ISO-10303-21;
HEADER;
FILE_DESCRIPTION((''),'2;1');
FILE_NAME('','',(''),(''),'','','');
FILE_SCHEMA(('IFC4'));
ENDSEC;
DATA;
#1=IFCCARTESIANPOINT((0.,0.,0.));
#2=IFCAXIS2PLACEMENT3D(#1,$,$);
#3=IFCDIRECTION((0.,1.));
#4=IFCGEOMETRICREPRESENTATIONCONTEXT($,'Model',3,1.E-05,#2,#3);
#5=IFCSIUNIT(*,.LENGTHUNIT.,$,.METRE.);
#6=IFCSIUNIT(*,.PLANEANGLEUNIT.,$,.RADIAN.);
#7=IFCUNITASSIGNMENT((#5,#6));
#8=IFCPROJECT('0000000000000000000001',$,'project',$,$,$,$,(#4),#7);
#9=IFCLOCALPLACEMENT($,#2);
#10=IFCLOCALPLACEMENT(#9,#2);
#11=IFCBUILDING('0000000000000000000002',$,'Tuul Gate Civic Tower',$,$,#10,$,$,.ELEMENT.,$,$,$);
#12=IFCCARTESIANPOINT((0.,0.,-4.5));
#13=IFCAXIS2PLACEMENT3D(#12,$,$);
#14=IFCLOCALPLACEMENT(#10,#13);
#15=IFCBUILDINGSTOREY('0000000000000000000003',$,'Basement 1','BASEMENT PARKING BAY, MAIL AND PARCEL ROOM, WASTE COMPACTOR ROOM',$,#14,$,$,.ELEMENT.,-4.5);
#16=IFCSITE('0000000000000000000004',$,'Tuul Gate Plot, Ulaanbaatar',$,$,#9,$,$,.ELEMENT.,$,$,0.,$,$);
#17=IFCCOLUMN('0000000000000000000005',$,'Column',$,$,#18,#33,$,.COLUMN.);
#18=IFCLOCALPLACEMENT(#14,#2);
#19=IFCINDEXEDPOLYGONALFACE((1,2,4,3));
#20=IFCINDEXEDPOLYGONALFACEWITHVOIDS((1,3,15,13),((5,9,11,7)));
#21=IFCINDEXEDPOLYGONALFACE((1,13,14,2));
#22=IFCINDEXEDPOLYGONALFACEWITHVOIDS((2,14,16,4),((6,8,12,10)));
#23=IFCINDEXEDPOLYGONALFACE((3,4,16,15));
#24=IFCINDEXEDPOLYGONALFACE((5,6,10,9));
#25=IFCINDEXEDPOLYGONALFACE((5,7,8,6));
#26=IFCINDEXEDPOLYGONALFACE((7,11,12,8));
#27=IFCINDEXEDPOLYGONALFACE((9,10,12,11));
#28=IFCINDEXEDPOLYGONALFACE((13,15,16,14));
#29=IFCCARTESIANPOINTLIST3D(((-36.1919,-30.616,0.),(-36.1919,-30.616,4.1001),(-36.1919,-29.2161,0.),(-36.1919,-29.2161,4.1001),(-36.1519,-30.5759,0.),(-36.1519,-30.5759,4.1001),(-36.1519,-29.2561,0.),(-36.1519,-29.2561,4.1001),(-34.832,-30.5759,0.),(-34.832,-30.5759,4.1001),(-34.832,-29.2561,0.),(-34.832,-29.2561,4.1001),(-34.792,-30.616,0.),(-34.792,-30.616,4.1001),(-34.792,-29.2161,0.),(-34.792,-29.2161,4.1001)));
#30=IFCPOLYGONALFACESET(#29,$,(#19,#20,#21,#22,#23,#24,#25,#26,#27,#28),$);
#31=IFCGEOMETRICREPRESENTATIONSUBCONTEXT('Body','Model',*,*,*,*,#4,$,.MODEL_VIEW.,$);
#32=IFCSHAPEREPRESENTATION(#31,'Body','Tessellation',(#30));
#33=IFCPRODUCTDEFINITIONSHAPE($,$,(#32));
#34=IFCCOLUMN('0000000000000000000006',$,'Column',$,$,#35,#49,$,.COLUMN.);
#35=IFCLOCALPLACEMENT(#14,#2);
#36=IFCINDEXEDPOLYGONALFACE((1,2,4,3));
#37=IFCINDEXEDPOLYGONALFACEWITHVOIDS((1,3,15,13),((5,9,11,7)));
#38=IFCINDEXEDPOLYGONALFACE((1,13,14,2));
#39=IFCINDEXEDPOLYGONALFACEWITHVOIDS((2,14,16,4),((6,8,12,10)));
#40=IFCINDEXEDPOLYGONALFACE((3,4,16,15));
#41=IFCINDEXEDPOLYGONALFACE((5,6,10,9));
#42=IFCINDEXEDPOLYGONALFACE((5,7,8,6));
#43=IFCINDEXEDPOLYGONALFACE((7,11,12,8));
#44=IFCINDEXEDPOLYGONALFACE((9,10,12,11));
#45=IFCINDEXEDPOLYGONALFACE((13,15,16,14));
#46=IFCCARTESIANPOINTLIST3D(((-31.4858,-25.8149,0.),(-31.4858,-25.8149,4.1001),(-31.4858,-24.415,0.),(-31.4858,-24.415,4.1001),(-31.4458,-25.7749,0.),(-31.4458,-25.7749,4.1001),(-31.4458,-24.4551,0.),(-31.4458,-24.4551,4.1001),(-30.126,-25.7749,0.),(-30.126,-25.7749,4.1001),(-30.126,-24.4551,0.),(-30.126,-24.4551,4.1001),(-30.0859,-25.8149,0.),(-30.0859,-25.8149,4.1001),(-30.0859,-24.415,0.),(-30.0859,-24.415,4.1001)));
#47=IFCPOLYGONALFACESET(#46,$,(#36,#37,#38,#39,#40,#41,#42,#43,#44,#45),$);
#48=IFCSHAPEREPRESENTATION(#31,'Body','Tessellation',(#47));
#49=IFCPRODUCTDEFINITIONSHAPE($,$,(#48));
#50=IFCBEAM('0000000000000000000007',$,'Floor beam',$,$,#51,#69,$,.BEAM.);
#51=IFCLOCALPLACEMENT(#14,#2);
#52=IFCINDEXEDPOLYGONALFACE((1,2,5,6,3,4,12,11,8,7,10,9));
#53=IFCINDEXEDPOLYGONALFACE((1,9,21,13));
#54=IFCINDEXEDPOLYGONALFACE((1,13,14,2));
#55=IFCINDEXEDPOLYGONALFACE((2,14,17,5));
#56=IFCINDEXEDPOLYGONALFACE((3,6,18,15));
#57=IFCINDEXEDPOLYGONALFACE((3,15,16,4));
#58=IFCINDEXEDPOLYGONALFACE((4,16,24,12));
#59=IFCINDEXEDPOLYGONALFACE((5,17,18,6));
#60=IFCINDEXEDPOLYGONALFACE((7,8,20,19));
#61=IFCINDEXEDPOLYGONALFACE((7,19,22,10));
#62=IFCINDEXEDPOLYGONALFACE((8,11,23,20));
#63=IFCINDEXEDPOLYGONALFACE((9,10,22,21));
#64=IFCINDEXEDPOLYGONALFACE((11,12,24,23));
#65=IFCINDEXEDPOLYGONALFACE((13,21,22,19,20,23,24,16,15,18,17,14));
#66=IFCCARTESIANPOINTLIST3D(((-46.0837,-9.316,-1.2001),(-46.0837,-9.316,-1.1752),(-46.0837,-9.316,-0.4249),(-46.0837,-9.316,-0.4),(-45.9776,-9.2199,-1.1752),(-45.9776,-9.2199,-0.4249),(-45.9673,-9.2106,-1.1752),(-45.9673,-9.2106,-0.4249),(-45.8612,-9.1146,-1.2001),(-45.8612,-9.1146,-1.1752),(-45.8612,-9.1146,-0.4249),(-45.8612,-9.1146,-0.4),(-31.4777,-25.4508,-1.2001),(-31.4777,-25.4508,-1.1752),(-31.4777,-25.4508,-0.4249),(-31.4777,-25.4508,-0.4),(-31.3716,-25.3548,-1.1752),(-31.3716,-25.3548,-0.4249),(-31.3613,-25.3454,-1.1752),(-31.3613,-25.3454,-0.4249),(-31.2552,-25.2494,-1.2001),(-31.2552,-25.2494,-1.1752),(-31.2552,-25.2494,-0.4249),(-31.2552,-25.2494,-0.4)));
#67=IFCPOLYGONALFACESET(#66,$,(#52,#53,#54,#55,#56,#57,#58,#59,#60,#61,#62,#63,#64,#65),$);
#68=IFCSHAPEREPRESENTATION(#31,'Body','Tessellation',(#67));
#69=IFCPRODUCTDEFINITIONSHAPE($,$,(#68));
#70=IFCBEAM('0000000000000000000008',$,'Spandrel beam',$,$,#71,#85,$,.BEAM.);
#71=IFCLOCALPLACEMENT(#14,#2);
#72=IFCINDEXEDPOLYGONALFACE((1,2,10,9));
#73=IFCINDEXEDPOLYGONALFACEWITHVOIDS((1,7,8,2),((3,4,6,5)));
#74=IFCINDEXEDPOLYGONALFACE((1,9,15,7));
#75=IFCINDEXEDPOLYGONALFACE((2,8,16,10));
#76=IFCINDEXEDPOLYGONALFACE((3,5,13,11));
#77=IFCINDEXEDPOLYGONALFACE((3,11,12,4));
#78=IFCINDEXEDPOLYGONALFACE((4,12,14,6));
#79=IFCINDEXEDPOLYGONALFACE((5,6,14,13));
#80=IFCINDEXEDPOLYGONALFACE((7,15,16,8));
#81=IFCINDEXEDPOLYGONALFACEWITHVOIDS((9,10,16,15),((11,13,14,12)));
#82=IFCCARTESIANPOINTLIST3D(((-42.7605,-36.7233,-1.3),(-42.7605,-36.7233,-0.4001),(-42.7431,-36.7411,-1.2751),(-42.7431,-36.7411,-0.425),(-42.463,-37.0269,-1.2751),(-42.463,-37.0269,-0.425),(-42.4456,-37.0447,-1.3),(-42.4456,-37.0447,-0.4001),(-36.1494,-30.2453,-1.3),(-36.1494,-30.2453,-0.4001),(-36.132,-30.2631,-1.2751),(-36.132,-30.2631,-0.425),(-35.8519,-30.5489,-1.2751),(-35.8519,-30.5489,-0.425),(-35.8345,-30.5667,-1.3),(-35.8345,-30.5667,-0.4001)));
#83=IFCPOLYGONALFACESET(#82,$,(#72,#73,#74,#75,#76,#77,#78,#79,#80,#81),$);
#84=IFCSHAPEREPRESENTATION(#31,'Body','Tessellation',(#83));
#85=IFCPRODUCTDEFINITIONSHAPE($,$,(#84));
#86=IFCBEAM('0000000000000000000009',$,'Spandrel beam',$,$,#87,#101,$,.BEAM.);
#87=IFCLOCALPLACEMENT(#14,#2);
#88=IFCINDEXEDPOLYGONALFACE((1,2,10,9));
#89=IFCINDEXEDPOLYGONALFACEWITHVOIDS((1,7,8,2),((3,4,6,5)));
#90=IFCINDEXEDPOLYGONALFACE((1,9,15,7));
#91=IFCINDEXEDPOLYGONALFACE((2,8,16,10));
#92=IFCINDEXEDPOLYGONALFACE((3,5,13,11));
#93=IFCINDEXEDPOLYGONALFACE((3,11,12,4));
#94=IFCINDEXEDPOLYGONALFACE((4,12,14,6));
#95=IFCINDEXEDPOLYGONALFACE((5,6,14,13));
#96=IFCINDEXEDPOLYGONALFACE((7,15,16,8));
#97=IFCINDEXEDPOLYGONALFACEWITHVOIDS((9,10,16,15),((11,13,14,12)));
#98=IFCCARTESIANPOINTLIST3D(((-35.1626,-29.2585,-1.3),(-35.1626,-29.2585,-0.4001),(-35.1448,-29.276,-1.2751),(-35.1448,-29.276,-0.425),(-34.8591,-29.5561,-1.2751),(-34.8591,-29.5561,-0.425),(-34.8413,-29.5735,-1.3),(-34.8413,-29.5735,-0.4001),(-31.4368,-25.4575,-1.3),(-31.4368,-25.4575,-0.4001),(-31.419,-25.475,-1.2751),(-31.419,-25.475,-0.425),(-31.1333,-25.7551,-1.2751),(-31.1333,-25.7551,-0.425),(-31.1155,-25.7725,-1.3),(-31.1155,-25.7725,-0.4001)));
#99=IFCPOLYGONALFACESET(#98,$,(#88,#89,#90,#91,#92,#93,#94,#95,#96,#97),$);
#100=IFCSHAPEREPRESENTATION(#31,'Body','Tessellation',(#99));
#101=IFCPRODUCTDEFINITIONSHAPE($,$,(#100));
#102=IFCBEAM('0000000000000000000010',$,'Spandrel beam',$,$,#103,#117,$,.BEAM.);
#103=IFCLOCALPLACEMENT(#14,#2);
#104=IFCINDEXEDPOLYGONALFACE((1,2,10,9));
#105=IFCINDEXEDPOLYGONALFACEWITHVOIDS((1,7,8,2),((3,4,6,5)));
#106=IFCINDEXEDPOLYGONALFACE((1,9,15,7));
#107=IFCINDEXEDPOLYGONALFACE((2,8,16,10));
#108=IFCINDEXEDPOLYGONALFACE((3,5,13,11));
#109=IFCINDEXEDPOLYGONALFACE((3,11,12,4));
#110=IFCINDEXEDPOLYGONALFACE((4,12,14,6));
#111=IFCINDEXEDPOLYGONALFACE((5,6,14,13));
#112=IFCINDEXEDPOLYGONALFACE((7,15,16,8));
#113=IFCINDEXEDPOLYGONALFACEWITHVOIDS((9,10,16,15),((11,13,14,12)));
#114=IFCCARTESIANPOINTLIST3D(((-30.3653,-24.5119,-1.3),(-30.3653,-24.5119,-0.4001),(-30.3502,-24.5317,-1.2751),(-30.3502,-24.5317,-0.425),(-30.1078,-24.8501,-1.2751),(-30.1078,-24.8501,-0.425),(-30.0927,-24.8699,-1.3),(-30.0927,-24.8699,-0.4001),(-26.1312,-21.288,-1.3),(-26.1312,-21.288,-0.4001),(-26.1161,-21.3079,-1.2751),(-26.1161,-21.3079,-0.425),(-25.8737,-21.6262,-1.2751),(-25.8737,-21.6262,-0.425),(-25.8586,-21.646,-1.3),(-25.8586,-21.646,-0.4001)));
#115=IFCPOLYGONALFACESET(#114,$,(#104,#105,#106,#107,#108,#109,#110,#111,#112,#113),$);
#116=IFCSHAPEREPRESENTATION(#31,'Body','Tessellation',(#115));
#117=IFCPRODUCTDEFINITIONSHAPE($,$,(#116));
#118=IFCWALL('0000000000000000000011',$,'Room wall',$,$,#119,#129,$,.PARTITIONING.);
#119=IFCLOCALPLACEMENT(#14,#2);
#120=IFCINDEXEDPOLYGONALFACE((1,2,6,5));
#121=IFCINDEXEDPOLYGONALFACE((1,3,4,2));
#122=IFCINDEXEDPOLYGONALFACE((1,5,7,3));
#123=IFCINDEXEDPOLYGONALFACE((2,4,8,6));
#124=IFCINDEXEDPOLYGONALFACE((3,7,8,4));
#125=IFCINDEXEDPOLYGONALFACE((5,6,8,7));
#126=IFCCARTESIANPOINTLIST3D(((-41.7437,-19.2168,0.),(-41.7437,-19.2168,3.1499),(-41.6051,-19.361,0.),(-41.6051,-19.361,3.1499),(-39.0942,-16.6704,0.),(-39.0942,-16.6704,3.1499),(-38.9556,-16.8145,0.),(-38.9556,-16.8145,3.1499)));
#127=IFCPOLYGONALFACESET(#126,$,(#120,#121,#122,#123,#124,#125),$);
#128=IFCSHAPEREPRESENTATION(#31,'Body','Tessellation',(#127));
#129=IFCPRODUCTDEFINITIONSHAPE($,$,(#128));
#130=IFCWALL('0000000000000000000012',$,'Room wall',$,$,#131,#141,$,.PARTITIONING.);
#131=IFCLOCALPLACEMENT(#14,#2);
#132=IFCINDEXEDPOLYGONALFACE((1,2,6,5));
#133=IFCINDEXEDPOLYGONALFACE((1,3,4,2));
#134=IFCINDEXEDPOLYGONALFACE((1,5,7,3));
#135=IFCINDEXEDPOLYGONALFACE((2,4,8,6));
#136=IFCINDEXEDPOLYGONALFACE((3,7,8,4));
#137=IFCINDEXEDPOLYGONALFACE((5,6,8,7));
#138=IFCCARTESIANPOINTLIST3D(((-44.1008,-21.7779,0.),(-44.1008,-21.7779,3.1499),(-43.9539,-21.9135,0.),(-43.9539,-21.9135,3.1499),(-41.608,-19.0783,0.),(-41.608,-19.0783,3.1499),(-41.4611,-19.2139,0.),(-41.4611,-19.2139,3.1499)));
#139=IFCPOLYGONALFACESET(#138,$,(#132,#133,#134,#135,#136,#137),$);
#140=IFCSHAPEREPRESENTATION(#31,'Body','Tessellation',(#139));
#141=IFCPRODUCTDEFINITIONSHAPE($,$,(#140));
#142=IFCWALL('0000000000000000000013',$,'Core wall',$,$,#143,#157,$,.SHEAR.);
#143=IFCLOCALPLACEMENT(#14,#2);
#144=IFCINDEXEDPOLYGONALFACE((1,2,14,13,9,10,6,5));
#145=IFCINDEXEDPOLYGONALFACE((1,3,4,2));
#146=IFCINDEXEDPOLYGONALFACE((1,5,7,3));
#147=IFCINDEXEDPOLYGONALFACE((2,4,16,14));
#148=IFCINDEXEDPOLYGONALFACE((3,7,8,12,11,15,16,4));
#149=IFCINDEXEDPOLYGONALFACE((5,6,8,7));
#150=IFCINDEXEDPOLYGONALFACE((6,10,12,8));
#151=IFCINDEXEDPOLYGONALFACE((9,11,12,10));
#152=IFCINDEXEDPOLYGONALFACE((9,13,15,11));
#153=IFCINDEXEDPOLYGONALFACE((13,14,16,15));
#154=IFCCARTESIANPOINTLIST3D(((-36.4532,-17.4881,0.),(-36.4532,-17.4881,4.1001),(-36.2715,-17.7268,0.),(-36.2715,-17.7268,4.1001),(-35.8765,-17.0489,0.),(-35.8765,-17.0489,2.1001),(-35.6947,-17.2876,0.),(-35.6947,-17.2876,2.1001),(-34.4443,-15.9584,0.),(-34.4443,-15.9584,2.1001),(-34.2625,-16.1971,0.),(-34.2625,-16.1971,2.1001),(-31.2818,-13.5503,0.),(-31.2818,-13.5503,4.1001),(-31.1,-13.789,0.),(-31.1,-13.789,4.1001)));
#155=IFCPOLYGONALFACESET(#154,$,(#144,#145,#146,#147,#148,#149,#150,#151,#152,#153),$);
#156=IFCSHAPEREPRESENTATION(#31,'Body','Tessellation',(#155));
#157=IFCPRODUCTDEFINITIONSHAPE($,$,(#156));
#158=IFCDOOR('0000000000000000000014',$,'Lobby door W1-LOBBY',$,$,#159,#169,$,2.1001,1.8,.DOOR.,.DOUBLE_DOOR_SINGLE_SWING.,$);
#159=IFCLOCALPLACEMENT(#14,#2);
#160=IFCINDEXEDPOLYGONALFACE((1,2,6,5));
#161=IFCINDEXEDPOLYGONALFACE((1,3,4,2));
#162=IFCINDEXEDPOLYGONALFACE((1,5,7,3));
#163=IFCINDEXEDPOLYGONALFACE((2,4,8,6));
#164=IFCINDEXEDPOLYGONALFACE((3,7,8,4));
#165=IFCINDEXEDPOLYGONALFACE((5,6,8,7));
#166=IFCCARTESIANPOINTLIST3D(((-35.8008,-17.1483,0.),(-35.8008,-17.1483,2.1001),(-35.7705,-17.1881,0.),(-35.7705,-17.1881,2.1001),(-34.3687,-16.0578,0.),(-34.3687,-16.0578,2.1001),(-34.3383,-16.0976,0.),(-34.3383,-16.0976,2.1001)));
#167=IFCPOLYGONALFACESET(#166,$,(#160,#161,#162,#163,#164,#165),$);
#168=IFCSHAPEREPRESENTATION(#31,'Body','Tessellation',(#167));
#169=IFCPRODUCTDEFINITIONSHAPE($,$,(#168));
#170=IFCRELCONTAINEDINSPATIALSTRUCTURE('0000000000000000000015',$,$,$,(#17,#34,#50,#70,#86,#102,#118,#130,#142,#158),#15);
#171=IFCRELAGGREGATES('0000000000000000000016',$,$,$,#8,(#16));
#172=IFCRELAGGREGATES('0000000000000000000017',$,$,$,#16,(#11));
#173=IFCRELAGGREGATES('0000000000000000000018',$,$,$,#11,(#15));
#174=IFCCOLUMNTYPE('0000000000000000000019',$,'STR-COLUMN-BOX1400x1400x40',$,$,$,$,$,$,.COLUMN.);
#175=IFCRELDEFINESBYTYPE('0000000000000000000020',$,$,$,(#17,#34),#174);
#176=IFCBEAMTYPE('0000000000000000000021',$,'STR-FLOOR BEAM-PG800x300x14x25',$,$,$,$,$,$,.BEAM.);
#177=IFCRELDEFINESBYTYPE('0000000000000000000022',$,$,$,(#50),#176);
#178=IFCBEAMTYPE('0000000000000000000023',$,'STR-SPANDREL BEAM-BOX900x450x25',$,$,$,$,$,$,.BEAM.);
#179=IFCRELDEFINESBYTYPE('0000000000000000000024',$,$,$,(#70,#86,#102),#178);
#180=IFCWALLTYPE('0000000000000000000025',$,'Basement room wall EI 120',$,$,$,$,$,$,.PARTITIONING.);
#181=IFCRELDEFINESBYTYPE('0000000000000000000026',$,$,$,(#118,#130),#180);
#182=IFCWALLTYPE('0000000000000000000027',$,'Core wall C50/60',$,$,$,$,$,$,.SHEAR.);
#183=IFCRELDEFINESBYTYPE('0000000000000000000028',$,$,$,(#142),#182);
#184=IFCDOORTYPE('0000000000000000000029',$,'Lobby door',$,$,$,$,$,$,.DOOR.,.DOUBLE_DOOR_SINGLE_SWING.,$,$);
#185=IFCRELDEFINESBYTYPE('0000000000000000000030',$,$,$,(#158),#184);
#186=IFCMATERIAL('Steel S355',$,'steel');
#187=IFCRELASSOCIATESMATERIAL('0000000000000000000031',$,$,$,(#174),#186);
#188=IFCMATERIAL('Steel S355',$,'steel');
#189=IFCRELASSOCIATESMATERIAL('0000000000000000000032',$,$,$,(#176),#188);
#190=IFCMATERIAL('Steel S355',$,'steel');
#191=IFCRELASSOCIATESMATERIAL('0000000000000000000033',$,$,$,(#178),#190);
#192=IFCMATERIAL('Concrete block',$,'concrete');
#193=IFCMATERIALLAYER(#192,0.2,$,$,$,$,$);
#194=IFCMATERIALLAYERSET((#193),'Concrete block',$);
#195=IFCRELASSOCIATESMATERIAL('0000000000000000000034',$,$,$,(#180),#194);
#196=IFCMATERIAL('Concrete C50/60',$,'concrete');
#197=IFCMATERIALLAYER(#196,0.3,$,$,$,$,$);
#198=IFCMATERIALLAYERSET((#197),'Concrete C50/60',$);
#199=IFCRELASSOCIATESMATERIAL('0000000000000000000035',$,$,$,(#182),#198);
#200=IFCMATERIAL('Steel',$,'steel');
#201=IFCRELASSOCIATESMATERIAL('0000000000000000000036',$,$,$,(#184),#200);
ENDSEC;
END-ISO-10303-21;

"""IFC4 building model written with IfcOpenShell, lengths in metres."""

from ifc_helpers import new_model, si_unit, direction, frame, frame_2d, origin, origin_2d, place, context, subcontext, project, spatial, rectangle, hollow_rectangle, i_section, extrude, material, layer, layer_set, material_profile, profile_set, type_object, element, fill, save


model = new_model("IFC4")

# Units and contexts
model_context = context("Model", 3, precision=1e-05, world=origin(), true_north=direction((0.0, 1.0)))
body_context = subcontext(model_context, "Body", "Model", "MODEL_VIEW")
ifc_project = project(units=[si_unit("LENGTHUNIT", "METRE"), si_unit("PLANEANGLEUNIT", "RADIAN")], contexts=[model_context])

# Site, building, storey
site_placement = place(None, origin())
site = spatial("IfcSite", under=ifc_project, at=site_placement, Name="Tuul Gate Plot, Ulaanbaatar", CompositionType="ELEMENT", RefElevation=0.0)
building_placement = place(site_placement, origin())
building = spatial("IfcBuilding", under=site, at=building_placement, Name="Tuul Gate Civic Tower", CompositionType="ELEMENT")
storey_placement = place(building_placement, frame((0.0, 0.0, -4.5)))
storey = spatial("IfcBuildingStorey", under=building, at=storey_placement, Name="Basement 1", Description="BASEMENT PARKING BAY, MAIL AND PARCEL ROOM, WASTE COMPACTOR ROOM", CompositionType="ELEMENT", Elevation=-4.5)

# Columns
ifc_material_1 = material(Name="Steel S355", Category="steel")
ifc_material_profile_1 = material_profile(ifc_material_1, hollow_rectangle(XDim=1.3999, YDim=1.3999, WallThickness=0.04, at=origin_2d()), Name="BOX1400x1400x40")
ifc_profile_set_1 = profile_set([ifc_material_profile_1], Name="Steel S355")
column_type = type_object("IfcColumnType", Name="STR-COLUMN-BOX1400x1400x40", PredefinedType="COLUMN", material=ifc_profile_set_1)
for number, where, z_axis, x_axis, name in (
    (1, (-35.4919, -29.916, 0.0), (0.0, 0.0, 1.0), (1.0, 0.0, 0.0), "Column"),
    (2, (-30.7859, -25.115, 0.0), (0.0, 0.0, 1.0), (1.0, 0.0, 0.0), "Column"),
):
    element("IfcColumn", number, at=place(storey_placement, frame(where, z_axis=z_axis, x_axis=x_axis)), inside=storey, type_object=column_type, Name=name, PredefinedType="COLUMN", context=body_context, shape_type="SweptSolid", body=[
        extrude(hollow_rectangle(XDim=1.3999, YDim=1.3999, WallThickness=0.04, at=origin_2d()), origin(), (0.0, 0.0, 1.0), 4.1001),
    ])

# Beams
ifc_material_2 = material(Name="Steel S355", Category="steel")
ifc_material_profile_2 = material_profile(ifc_material_2, i_section(OverallWidth=0.3, OverallDepth=0.8, WebThickness=0.0139, FlangeThickness=0.0249, at=origin_2d()), Name="PG800x300x14x25")
ifc_profile_set_2 = profile_set([ifc_material_profile_2], Name="Steel S355")
beam_type_1 = type_object("IfcBeamType", Name="STR-FLOOR BEAM-PG800x300x14x25", PredefinedType="BEAM", material=ifc_profile_set_2)
beam_1_placement = place(storey_placement, frame((-31.3665, -25.3501, -0.8), z_axis=(-0.671111, 0.741357, 0.0), x_axis=(-0.741357, -0.671111, 0.0)))
element("IfcBeam", 3, at=beam_1_placement, inside=storey, type_object=beam_type_1, Name="Floor beam", PredefinedType="BEAM", context=body_context, shape_type="SweptSolid", body=[
    extrude(i_section(OverallWidth=0.3, OverallDepth=0.8, WebThickness=0.0139, FlangeThickness=0.0249, at=origin_2d()), origin(), (0.0, 0.0, 1.0), 21.7639),
])
ifc_material_3 = material(Name="Steel S355", Category="steel")
ifc_material_profile_3 = material_profile(ifc_material_3, hollow_rectangle(XDim=0.45, YDim=0.8999, WallThickness=0.0249, at=origin_2d()), Name="BOX900x450x25")
ifc_profile_set_3 = profile_set([ifc_material_profile_3], Name="Steel S355")
beam_type_2 = type_object("IfcBeamType", Name="STR-SPANDREL BEAM-BOX900x450x25", PredefinedType="BEAM", material=ifc_profile_set_3)
beam_2_placement = place(storey_placement, frame((-42.603, -36.884, -0.8501), z_axis=(0.714258, 0.699883, 0.0), x_axis=(-0.699883, 0.714258, 0.0)))
element("IfcBeam", 4, at=beam_2_placement, inside=storey, type_object=beam_type_2, Name="Spandrel beam", PredefinedType="BEAM", context=body_context, shape_type="SweptSolid", body=[
    extrude(hollow_rectangle(XDim=0.45, YDim=0.8999, WallThickness=0.0249, at=origin_2d()), origin(), (0.0, 0.0, 1.0), 9.2559),
])
beam_3_placement = place(storey_placement, frame((-35.002, -29.416, -0.8501), z_axis=(0.700008, 0.714135, 0.0), x_axis=(-0.714135, 0.700008, 0.0)))
element("IfcBeam", 5, at=beam_3_placement, inside=storey, type_object=beam_type_2, Name="Spandrel beam", PredefinedType="BEAM", context=body_context, shape_type="SweptSolid", body=[
    extrude(hollow_rectangle(XDim=0.45, YDim=0.8999, WallThickness=0.0249, at=origin_2d()), origin(), (0.0, 0.0, 1.0), 5.3225),
])
beam_4_placement = place(storey_placement, frame((-30.229, -24.6909, -0.8501), z_axis=(0.795624, 0.60579, 0.0), x_axis=(-0.60579, 0.795624, 0.0)))
element("IfcBeam", 6, at=beam_4_placement, inside=storey, type_object=beam_type_2, Name="Spandrel beam", PredefinedType="BEAM", context=body_context, shape_type="SweptSolid", body=[
    extrude(hollow_rectangle(XDim=0.45, YDim=0.8999, WallThickness=0.0249, at=origin_2d()), origin(), (0.0, 0.0, 1.0), 5.3218),
])

# Walls
ifc_material_4 = material(Name="Concrete block", Category="concrete")
ifc_layer_1 = layer(ifc_material_4, 0.2)
ifc_layer_set_1 = layer_set([ifc_layer_1], Name="Concrete block")
wall_type_1 = type_object("IfcWallType", Name="Basement room wall EI 120", PredefinedType="PARTITIONING", material=ifc_layer_set_1)
wall_1_placement = place(storey_placement, frame((-39.0249, -16.7424, 0.0), z_axis=(0.0, 0.0, 1.0), x_axis=(-0.720986, -0.692949, 0.0)))
element("IfcWall", 7, at=wall_1_placement, inside=storey, type_object=wall_type_1, Name="Room wall", PredefinedType="PARTITIONING", context=body_context, shape_type="SweptSolid", body=[
    extrude(rectangle(XDim=3.6748, YDim=0.2, at=frame_2d((1.8374, 0.0))), origin(), (0.0, 0.0, 1.0), 3.1499),
])
wall_2_placement = place(storey_placement, frame((-41.5344, -19.146, 0.0), z_axis=(0.0, 0.0, 1.0), x_axis=(-0.67841, -0.734684, 0.0)))
element("IfcWall", 8, at=wall_2_placement, inside=storey, type_object=wall_type_1, Name="Room wall", PredefinedType="PARTITIONING", context=body_context, shape_type="SweptSolid", body=[
    extrude(rectangle(XDim=3.6746, YDim=0.2, at=frame_2d((1.8374, 0.0))), origin(), (0.0, 0.0, 1.0), 3.1499),
])

# Wall, opening, door
ifc_material_5 = material(Name="Concrete C50/60", Category="concrete")
ifc_layer_2 = layer(ifc_material_5, 0.3)
ifc_layer_set_2 = layer_set([ifc_layer_2], Name="Concrete C50/60")
wall_type_2 = type_object("IfcWallType", Name="Core wall C50/60", PredefinedType="SHEAR", material=ifc_layer_set_2)
wall_3_placement = place(storey_placement, frame((-31.1909, -13.6697, 0.0), z_axis=(0.0, 0.0, 1.0), x_axis=(-0.795607, -0.605813, 0.0)))
wall_3 = element("IfcWall", 9, at=wall_3_placement, inside=storey, type_object=wall_type_2, Name="Core wall", PredefinedType="SHEAR", context=body_context, shape_type="SweptSolid", body=[
    extrude(rectangle(XDim=6.5, YDim=0.3, at=frame_2d((3.25, 0.0))), origin(), (0.0, 0.0, 1.0), 4.1001),
])
opening_1_placement = place(wall_3_placement, frame((3.9751, 0.0, 0.0)))
opening_1 = element("IfcOpeningElement", 10, at=opening_1_placement, cuts=wall_3, PredefinedType="OPENING", context=body_context, shape_type="SweptSolid", body=[
    extrude(rectangle(XDim=1.8, YDim=2.1001, at=frame_2d((0.8999, 1.05))), frame((0.0, 0.1602, 0.0), z_axis=(0.0, -1.0, 0.0), x_axis=(1.0, 0.0, 0.0)), (0.0, 0.0, 1.0), 0.3201),
])
ifc_material_6 = material(Name="Steel", Category="steel")
door_type_1 = type_object("IfcDoorType", Name="Lobby door", OperationType="DOUBLE_DOOR_SINGLE_SWING", PredefinedType="DOOR", material=ifc_material_6)
door_1_placement = place(opening_1_placement, origin())
door_1 = element("IfcDoor", 11, at=door_1_placement, inside=storey, type_object=door_type_1, Name="Lobby door W1-LOBBY", OperationType="DOUBLE_DOOR_SINGLE_SWING", OverallHeight=2.1001, OverallWidth=1.8, PredefinedType="DOOR", context=body_context, shape_type="SweptSolid", body=[
    extrude(rectangle(XDim=1.8, YDim=2.1001, at=frame_2d((0.8999, 1.05))), frame((0.0, 0.0249, 0.0), z_axis=(0.0, -1.0, 0.0), x_axis=(1.0, 0.0, 0.0)), (0.0, 0.0, 1.0), 0.05),
])
fill(opening_1, door_1)

save(model, "model.ifc")
